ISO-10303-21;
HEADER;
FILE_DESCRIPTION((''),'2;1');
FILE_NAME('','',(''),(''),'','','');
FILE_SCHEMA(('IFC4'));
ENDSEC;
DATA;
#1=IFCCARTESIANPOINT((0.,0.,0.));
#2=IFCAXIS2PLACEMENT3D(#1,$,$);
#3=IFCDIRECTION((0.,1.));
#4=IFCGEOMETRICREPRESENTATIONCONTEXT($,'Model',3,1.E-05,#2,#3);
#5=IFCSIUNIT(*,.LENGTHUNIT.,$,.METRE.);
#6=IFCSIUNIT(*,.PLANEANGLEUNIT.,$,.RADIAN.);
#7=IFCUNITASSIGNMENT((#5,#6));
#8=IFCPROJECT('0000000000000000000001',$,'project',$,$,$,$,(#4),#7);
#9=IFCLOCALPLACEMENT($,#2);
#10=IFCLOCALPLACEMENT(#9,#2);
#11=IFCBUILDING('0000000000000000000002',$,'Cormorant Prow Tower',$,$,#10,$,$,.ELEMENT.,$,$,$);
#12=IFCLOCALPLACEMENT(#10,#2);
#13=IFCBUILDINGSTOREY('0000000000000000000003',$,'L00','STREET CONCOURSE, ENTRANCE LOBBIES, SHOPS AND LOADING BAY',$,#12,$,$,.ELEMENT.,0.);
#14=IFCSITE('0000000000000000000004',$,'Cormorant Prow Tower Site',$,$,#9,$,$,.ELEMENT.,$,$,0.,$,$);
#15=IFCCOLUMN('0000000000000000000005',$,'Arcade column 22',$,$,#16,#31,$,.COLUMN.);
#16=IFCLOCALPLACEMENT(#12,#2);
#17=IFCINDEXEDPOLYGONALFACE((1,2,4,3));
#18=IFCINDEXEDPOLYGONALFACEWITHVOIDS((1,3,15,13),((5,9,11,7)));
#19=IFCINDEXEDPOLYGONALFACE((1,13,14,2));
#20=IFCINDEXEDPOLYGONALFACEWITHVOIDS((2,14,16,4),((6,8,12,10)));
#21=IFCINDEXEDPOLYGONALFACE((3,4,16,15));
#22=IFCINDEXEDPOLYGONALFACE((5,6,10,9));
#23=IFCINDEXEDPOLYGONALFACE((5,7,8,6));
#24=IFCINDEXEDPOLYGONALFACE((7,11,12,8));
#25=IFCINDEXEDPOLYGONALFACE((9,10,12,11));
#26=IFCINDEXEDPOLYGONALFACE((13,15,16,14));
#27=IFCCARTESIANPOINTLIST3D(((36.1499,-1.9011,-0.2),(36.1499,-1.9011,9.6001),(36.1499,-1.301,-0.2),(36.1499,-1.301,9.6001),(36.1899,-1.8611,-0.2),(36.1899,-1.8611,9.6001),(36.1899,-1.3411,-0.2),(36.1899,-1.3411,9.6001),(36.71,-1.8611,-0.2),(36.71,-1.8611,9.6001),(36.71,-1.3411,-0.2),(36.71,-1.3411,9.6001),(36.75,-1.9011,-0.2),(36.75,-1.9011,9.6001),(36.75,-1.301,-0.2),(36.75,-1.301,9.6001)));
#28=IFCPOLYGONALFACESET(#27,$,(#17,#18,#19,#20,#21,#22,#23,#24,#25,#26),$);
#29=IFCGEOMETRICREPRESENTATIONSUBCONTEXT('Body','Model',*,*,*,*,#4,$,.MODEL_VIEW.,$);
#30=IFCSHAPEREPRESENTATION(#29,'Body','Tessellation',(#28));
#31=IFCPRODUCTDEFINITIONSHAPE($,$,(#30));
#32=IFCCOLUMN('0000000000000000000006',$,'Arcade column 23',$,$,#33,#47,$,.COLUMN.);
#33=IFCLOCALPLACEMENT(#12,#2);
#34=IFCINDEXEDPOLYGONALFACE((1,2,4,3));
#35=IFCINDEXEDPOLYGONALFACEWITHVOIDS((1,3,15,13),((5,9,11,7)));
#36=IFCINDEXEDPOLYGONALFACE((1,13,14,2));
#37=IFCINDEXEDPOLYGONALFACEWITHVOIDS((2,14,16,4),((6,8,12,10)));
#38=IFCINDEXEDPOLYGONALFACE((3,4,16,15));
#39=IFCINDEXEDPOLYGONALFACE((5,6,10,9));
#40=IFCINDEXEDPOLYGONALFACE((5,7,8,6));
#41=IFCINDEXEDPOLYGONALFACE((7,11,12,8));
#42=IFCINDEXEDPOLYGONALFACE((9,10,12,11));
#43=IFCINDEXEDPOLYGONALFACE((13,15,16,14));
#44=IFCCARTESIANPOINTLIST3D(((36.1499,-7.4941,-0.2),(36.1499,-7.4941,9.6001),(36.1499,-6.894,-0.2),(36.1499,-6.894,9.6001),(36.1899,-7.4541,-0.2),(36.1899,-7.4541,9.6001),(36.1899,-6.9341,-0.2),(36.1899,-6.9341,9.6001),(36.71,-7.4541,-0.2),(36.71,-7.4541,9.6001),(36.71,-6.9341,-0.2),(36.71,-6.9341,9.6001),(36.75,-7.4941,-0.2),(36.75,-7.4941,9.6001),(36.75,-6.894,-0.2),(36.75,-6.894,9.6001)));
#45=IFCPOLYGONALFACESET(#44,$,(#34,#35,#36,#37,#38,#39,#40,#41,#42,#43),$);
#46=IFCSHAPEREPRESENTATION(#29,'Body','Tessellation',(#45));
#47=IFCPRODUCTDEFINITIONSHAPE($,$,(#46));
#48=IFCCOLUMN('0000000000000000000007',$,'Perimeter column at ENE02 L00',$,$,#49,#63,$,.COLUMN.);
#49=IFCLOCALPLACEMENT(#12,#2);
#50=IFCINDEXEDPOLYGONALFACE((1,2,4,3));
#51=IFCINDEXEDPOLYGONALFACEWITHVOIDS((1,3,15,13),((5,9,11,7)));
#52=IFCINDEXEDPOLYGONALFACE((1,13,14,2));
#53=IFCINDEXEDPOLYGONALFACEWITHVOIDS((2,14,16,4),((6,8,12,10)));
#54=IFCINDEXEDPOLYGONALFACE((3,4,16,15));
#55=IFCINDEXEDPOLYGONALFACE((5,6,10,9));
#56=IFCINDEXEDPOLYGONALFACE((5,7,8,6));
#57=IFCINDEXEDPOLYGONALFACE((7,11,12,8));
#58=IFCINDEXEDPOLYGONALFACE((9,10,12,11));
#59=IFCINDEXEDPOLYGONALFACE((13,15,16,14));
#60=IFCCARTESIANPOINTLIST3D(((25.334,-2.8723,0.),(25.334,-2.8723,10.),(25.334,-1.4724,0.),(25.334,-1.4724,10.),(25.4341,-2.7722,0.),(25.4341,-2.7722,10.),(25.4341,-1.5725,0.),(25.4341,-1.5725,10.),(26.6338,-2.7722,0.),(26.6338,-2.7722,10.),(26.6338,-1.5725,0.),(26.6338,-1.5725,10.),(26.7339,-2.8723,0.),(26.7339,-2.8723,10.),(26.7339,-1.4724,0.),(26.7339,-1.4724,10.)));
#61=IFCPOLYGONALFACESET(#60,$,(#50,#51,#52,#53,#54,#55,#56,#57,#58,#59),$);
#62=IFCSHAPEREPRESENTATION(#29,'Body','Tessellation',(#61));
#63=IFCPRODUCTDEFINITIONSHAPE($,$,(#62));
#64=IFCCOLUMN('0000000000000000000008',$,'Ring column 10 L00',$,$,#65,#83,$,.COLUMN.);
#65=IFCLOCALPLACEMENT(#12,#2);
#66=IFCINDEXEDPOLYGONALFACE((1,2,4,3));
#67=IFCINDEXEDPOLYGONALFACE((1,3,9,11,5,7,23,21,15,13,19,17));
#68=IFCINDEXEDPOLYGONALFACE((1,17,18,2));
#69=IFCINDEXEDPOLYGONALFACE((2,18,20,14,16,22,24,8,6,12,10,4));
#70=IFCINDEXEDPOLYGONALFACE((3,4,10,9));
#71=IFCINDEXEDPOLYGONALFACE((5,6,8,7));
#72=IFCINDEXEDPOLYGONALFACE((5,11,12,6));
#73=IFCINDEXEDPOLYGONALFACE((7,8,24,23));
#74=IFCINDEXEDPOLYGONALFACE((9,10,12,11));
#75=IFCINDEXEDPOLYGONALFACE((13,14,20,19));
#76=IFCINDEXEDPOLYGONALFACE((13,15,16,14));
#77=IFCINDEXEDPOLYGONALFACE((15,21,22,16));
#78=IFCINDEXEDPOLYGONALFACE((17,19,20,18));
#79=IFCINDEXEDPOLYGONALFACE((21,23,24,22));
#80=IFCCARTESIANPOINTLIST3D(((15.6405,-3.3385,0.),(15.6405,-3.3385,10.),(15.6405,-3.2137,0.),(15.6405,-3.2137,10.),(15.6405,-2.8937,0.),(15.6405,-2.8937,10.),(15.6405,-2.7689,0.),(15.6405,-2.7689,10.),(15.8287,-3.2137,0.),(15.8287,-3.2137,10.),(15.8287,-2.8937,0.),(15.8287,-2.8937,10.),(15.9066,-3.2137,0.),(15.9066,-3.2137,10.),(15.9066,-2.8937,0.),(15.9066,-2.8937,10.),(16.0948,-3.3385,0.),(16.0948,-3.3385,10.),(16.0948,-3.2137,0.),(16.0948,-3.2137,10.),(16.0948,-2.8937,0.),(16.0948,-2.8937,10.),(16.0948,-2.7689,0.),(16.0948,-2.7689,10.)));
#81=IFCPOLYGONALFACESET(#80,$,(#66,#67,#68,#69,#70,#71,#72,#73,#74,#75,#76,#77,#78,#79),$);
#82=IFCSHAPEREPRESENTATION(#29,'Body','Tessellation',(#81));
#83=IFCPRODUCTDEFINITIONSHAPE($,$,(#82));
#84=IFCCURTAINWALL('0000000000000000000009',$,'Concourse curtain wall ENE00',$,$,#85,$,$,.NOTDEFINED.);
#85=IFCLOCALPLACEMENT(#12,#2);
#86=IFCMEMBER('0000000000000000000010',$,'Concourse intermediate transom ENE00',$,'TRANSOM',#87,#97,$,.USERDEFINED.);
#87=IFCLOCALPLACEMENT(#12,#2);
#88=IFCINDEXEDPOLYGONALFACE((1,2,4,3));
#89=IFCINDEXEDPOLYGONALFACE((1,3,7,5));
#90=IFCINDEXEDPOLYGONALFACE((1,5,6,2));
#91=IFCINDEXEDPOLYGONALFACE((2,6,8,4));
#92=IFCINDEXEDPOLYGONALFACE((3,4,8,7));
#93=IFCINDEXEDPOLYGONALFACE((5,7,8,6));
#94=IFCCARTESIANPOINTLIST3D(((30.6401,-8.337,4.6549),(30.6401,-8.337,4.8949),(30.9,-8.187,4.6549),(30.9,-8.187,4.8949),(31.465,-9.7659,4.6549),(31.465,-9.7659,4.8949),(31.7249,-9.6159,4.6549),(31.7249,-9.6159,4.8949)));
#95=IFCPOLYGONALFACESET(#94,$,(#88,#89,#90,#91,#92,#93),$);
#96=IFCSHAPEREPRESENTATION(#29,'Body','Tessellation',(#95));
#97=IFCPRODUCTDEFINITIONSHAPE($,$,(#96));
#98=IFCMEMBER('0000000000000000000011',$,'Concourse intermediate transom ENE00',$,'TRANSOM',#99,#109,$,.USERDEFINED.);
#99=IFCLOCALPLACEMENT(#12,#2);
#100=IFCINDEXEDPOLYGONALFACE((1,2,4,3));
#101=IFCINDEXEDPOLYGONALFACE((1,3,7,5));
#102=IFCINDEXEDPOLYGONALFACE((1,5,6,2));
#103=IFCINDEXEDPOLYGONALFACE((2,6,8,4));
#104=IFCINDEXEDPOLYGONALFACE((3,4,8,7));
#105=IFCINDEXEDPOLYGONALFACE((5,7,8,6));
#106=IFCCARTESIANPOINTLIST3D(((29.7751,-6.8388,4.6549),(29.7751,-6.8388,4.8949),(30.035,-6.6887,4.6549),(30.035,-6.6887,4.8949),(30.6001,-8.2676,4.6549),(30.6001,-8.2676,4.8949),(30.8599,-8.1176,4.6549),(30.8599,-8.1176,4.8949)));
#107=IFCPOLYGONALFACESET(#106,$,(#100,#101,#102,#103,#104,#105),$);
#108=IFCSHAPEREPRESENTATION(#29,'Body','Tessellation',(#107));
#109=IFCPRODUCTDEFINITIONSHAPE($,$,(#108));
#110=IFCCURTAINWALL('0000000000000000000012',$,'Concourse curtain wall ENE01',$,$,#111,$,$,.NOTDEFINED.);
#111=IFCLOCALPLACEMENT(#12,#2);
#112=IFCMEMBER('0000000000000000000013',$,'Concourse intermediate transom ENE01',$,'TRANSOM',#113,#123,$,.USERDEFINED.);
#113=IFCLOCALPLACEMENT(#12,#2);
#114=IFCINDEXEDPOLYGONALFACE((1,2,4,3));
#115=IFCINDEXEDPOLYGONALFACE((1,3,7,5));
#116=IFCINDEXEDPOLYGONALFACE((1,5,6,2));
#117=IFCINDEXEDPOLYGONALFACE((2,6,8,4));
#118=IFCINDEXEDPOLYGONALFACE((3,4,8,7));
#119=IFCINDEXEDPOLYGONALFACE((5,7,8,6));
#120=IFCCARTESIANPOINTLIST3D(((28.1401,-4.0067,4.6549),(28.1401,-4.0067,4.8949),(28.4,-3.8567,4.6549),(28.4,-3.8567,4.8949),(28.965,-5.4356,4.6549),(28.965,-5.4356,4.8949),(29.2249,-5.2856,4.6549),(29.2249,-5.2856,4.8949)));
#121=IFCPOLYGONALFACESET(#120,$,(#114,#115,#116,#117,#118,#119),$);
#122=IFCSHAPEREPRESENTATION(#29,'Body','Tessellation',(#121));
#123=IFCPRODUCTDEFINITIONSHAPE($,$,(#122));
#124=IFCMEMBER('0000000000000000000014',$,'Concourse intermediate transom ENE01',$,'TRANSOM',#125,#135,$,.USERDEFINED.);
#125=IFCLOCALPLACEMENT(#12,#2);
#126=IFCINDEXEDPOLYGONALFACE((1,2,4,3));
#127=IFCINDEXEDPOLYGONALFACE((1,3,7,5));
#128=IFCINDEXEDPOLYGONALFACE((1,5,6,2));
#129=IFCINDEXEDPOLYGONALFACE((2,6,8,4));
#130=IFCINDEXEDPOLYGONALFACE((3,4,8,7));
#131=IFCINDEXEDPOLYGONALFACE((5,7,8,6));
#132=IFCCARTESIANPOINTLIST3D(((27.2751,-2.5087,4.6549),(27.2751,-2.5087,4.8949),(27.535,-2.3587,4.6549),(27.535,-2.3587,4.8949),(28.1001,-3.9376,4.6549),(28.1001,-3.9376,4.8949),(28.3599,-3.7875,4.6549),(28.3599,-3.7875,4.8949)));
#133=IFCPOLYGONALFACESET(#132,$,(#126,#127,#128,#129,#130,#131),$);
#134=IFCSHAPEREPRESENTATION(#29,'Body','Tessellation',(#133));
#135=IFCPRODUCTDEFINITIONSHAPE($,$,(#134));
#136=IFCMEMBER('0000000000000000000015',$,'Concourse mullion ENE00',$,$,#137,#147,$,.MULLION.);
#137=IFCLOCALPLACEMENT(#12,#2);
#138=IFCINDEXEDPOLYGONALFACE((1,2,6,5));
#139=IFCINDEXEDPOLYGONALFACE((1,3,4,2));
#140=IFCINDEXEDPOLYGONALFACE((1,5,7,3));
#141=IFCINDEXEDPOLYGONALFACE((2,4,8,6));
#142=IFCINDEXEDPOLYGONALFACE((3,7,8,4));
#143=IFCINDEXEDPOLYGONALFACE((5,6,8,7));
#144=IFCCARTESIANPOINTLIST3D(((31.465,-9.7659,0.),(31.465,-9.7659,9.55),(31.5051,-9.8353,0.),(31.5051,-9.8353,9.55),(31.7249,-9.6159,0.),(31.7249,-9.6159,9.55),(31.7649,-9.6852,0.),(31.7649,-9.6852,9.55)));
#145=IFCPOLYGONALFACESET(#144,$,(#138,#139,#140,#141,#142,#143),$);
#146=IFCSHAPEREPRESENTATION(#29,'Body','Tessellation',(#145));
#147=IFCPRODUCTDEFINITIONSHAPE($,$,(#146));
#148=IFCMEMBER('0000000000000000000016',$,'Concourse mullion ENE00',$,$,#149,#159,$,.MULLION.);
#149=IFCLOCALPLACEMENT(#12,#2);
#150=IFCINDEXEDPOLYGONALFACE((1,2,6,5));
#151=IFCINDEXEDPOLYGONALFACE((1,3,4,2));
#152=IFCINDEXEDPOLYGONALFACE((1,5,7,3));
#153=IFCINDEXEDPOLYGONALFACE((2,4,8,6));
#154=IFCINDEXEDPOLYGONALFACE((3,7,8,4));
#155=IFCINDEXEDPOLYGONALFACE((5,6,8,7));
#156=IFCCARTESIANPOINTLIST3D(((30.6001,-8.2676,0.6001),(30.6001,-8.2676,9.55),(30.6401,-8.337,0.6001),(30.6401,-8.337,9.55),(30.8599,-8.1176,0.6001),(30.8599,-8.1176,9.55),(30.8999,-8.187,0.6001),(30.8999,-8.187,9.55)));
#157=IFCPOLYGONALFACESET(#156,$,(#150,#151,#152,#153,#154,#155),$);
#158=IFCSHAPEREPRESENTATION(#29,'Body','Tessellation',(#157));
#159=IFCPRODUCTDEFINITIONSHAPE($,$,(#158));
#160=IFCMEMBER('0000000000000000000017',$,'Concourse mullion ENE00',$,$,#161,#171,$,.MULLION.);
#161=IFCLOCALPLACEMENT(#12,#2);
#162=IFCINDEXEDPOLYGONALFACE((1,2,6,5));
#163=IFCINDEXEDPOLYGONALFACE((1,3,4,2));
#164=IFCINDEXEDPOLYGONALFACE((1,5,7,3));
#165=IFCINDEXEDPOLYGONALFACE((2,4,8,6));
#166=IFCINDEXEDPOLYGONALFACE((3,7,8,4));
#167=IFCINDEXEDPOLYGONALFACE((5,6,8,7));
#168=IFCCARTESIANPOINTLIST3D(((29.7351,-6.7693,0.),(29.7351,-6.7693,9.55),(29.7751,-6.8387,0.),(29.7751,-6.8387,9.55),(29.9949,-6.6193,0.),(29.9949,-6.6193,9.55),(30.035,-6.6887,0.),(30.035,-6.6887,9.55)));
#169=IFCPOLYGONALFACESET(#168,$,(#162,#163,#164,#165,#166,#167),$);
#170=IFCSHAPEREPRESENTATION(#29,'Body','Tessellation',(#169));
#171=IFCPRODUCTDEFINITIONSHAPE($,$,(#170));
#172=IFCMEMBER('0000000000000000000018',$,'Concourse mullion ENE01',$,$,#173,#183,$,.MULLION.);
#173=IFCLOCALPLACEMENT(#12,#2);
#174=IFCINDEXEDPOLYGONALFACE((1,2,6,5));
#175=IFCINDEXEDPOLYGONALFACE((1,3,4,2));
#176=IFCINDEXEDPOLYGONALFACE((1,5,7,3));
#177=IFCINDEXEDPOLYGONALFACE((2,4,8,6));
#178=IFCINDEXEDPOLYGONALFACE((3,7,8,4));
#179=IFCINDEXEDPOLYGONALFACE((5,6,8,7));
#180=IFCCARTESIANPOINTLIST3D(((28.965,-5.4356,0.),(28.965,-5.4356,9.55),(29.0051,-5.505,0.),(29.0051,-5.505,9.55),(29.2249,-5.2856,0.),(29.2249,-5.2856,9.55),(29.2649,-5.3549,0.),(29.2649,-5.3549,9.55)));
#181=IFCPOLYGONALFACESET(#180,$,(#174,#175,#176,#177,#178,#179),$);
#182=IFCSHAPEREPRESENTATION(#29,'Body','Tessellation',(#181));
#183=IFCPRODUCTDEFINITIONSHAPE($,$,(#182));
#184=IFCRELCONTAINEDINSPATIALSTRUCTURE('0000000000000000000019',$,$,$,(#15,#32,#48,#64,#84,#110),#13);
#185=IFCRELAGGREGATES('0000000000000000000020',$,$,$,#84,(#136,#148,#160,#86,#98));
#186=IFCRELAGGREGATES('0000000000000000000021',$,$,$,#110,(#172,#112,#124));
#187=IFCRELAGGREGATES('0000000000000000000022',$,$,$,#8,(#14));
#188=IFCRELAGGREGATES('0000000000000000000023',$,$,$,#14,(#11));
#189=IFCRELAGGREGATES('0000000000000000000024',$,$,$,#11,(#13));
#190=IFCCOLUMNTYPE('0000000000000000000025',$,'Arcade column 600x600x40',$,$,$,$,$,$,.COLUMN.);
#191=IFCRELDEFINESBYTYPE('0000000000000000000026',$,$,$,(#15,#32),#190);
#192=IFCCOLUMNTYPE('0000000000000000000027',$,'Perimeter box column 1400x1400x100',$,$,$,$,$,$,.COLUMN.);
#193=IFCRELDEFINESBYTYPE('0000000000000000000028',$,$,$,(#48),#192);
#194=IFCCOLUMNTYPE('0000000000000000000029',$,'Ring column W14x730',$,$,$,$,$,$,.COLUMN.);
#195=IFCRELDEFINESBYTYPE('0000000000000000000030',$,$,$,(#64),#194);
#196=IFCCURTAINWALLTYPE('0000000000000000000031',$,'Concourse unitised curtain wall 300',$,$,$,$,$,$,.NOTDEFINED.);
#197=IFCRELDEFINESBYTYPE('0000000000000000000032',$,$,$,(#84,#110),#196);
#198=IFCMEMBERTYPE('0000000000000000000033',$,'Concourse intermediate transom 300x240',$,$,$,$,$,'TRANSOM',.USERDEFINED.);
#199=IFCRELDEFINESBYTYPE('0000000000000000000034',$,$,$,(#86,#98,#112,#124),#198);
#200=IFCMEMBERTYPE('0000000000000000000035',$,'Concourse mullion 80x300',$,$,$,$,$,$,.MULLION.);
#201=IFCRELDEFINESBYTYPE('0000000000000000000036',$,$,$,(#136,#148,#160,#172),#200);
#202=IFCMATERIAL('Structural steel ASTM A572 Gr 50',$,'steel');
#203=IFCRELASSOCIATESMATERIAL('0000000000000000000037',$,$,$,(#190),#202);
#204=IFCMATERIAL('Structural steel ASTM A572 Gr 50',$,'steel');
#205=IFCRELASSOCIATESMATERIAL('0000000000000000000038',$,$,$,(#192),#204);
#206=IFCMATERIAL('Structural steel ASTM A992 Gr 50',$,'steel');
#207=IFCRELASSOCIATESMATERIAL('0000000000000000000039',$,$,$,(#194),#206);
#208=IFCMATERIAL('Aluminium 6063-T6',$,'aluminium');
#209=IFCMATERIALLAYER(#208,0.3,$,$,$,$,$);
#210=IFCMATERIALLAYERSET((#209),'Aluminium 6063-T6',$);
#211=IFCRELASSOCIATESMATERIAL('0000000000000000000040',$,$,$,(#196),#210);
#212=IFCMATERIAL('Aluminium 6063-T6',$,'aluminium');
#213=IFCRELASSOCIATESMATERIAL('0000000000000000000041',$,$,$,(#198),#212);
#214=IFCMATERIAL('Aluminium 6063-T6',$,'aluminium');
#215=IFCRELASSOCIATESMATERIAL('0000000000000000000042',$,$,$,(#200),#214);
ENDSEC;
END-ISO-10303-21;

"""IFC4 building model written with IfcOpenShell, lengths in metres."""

from ifc_helpers import new_model, si_unit, direction, frame, origin, origin_2d, place, context, subcontext, project, spatial, rectangle, hollow_rectangle, i_section, extrude, material, layer, layer_set, material_profile, profile_set, type_object, element, aggregate, save


model = new_model("IFC4")

# Units and contexts
model_context = context("Model", 3, precision=1e-05, world=origin(), true_north=direction((0.0, 1.0)))
body_context = subcontext(model_context, "Body", "Model", "MODEL_VIEW")
ifc_project = project(units=[si_unit("LENGTHUNIT", "METRE"), si_unit("PLANEANGLEUNIT", "RADIAN")], contexts=[model_context])

# Site, building, storey
site_placement = place(None, origin())
site = spatial("IfcSite", under=ifc_project, at=site_placement, Name="Cormorant Prow Tower Site", CompositionType="ELEMENT", RefElevation=0.0)
building_placement = place(site_placement, origin())
building = spatial("IfcBuilding", under=site, at=building_placement, Name="Cormorant Prow Tower", CompositionType="ELEMENT")
storey_placement = place(building_placement, origin())
storey = spatial("IfcBuildingStorey", under=building, at=storey_placement, Name="L00", Description="STREET CONCOURSE, ENTRANCE LOBBIES, SHOPS AND LOADING BAY", CompositionType="ELEMENT", Elevation=0.0)

# Columns
ifc_material_1 = material(Name="Structural steel ASTM A572 Gr 50", Category="steel")
ifc_material_profile_1 = material_profile(ifc_material_1, hollow_rectangle(XDim=0.6001, YDim=0.6001, WallThickness=0.04, at=origin_2d()), Name="Box 600x600x40")
ifc_profile_set_1 = profile_set([ifc_material_profile_1], Name="Structural steel ASTM A572 Gr 50")
column_type_1 = type_object("IfcColumnType", Name="Arcade column 600x600x40", PredefinedType="COLUMN", material=ifc_profile_set_1)
for number, where, z_axis, x_axis, name in (
    (1, (36.45, -1.6011, -0.2), (0.0, 0.0, 1.0), (1.0, 0.0, 0.0), "Arcade column 22"),
    (2, (36.45, -7.1941, -0.2), (0.0, 0.0, 1.0), (1.0, 0.0, 0.0), "Arcade column 23"),
):
    element("IfcColumn", number, at=place(storey_placement, frame(where, z_axis=z_axis, x_axis=x_axis)), inside=storey, type_object=column_type_1, Name=name, PredefinedType="COLUMN", context=body_context, shape_type="SweptSolid", body=[
        extrude(hollow_rectangle(XDim=0.6001, YDim=0.6001, WallThickness=0.04, at=origin_2d()), origin(), (0.0, 0.0, 1.0), 9.8),
    ])
ifc_material_2 = material(Name="Structural steel ASTM A572 Gr 50", Category="steel")
ifc_material_profile_2 = material_profile(ifc_material_2, hollow_rectangle(XDim=1.3999, YDim=1.3999, WallThickness=0.1001, at=origin_2d()), Name="Box 1400x1400x100")
ifc_profile_set_2 = profile_set([ifc_material_profile_2], Name="Structural steel ASTM A572 Gr 50")
column_type_2 = type_object("IfcColumnType", Name="Perimeter box column 1400x1400x100", PredefinedType="COLUMN", material=ifc_profile_set_2)
column_1_placement = place(storey_placement, frame((26.0339, -2.1724, 0.0), z_axis=(0.0, 0.0, 1.0), x_axis=(1.0, 0.0, 0.0)))
element("IfcColumn", 3, at=column_1_placement, inside=storey, type_object=column_type_2, Name="Perimeter column at ENE02 L00", PredefinedType="COLUMN", context=body_context, shape_type="SweptSolid", body=[
    extrude(hollow_rectangle(XDim=1.3999, YDim=1.3999, WallThickness=0.1001, at=origin_2d()), origin(), (0.0, 0.0, 1.0), 10.0),
])
ifc_material_3 = material(Name="Structural steel ASTM A992 Gr 50", Category="steel")
ifc_material_profile_3 = material_profile(ifc_material_3, i_section(OverallWidth=0.4543, OverallDepth=0.5696, WebThickness=0.0779, FlangeThickness=0.1248, at=origin_2d()), Name="W14x730")
ifc_profile_set_3 = profile_set([ifc_material_profile_3], Name="Structural steel ASTM A992 Gr 50")
column_type_3 = type_object("IfcColumnType", Name="Ring column W14x730", PredefinedType="COLUMN", material=ifc_profile_set_3)
column_2_placement = place(storey_placement, frame((15.8677, -3.0537, 0.0), z_axis=(0.0, 0.0, 1.0), x_axis=(1.0, 0.0, 0.0)))
element("IfcColumn", 4, at=column_2_placement, inside=storey, type_object=column_type_3, Name="Ring column 10 L00", PredefinedType="COLUMN", context=body_context, shape_type="SweptSolid", body=[
    extrude(i_section(OverallWidth=0.4543, OverallDepth=0.5696, WebThickness=0.0779, FlangeThickness=0.1248, at=origin_2d()), origin(), (0.0, 0.0, 1.0), 10.0),
])

# Curtain walls, members
ifc_material_4 = material(Name="Aluminium 6063-T6", Category="aluminium")
ifc_layer_1 = layer(ifc_material_4, 0.3)
ifc_layer_set_1 = layer_set([ifc_layer_1], Name="Aluminium 6063-T6")
curtain_wall_type = type_object("IfcCurtainWallType", Name="Concourse unitised curtain wall 300", PredefinedType="NOTDEFINED", material=ifc_layer_set_1)
curtain_wall_1_placement = place(storey_placement, origin())
curtain_wall_1 = element("IfcCurtainWall", 5, at=curtain_wall_1_placement, inside=storey, type_object=curtain_wall_type, Name="Concourse curtain wall ENE00", PredefinedType="NOTDEFINED")
ifc_material_5 = material(Name="Aluminium 6063-T6", Category="aluminium")
ifc_material_profile_4 = material_profile(ifc_material_5, rectangle(XDim=0.3, YDim=0.24, at=origin_2d()), Name="Concourse intermediate transom 300x240")
ifc_profile_set_4 = profile_set([ifc_material_profile_4], Name="Aluminium 6063-T6")
member_type_1 = type_object("IfcMemberType", Name="Concourse intermediate transom 300x240", ElementType="TRANSOM", PredefinedType="USERDEFINED", material=ifc_profile_set_4)
member_1_placement = place(storey_placement, frame((31.595, -9.6909, 4.7749), z_axis=(-0.499974, 0.86604, 0.0), x_axis=(-0.86604, -0.499974, 0.0)))
member_1 = element("IfcMember", 6, at=member_1_placement, type_object=member_type_1, Name="Concourse intermediate transom ENE00", ObjectType="TRANSOM", PredefinedType="USERDEFINED", context=body_context, shape_type="SweptSolid", body=[
    extrude(rectangle(XDim=0.3, YDim=0.24, at=origin_2d()), origin(), (0.0, 0.0, 1.0), 1.6499),
])
member_2_placement = place(storey_placement, frame((30.73, -8.1926, 4.7749), z_axis=(-0.499974, 0.86604, 0.0), x_axis=(-0.86604, -0.499974, 0.0)))
member_2 = element("IfcMember", 7, at=member_2_placement, type_object=member_type_1, Name="Concourse intermediate transom ENE00", ObjectType="TRANSOM", PredefinedType="USERDEFINED", context=body_context, shape_type="SweptSolid", body=[
    extrude(rectangle(XDim=0.3, YDim=0.24, at=origin_2d()), origin(), (0.0, 0.0, 1.0), 1.6499),
])
curtain_wall_2_placement = place(storey_placement, origin())
curtain_wall_2 = element("IfcCurtainWall", 8, at=curtain_wall_2_placement, inside=storey, type_object=curtain_wall_type, Name="Concourse curtain wall ENE01", PredefinedType="NOTDEFINED")
member_3_placement = place(storey_placement, frame((29.095, -5.3606, 4.7749), z_axis=(-0.499974, 0.86604, 0.0), x_axis=(-0.86604, -0.499974, 0.0)))
member_3 = element("IfcMember", 9, at=member_3_placement, type_object=member_type_1, Name="Concourse intermediate transom ENE01", ObjectType="TRANSOM", PredefinedType="USERDEFINED", context=body_context, shape_type="SweptSolid", body=[
    extrude(rectangle(XDim=0.3, YDim=0.24, at=origin_2d()), origin(), (0.0, 0.0, 1.0), 1.6499),
])
member_4_placement = place(storey_placement, frame((28.23, -3.8625, 4.7749), z_axis=(-0.499974, 0.86604, 0.0), x_axis=(-0.86604, -0.499974, 0.0)))
member_4 = element("IfcMember", 10, at=member_4_placement, type_object=member_type_1, Name="Concourse intermediate transom ENE01", ObjectType="TRANSOM", PredefinedType="USERDEFINED", context=body_context, shape_type="SweptSolid", body=[
    extrude(rectangle(XDim=0.3, YDim=0.24, at=origin_2d()), origin(), (0.0, 0.0, 1.0), 1.6499),
])

# Members
ifc_material_6 = material(Name="Aluminium 6063-T6", Category="aluminium")
ifc_material_profile_5 = material_profile(ifc_material_6, rectangle(XDim=0.3, YDim=0.0801, at=origin_2d()), Name="Concourse mullion 80x300")
ifc_profile_set_5 = profile_set([ifc_material_profile_5], Name="Aluminium 6063-T6")
member_type_2 = type_object("IfcMemberType", Name="Concourse mullion 80x300", PredefinedType="MULLION", material=ifc_profile_set_5)
member_5_placement = place(storey_placement, frame((31.615, -9.7256, 0.0), z_axis=(0.0, 0.0, 1.0), x_axis=(-0.866025, -0.5, 0.0)))
member_5 = element("IfcMember", 11, at=member_5_placement, type_object=member_type_2, Name="Concourse mullion ENE00", PredefinedType="MULLION", context=body_context, shape_type="SweptSolid", body=[
    extrude(rectangle(XDim=0.3, YDim=0.0801, at=origin_2d()), origin(), (0.0, 0.0, 1.0), 9.55),
])
member_6_placement = place(storey_placement, frame((30.75, -8.2273, 0.6001), z_axis=(0.0, 0.0, 1.0), x_axis=(-0.866025, -0.5, 0.0)))
member_6 = element("IfcMember", 12, at=member_6_placement, type_object=member_type_2, Name="Concourse mullion ENE00", PredefinedType="MULLION", context=body_context, shape_type="SweptSolid", body=[
    extrude(rectangle(XDim=0.3, YDim=0.0801, at=origin_2d()), origin(), (0.0, 0.0, 1.0), 8.95),
])
member_7_placement = place(storey_placement, frame((29.885, -6.729, 0.0), z_axis=(0.0, 0.0, 1.0), x_axis=(-0.866025, -0.5, 0.0)))
member_7 = element("IfcMember", 13, at=member_7_placement, type_object=member_type_2, Name="Concourse mullion ENE00", PredefinedType="MULLION", context=body_context, shape_type="SweptSolid", body=[
    extrude(rectangle(XDim=0.3, YDim=0.0801, at=origin_2d()), origin(), (0.0, 0.0, 1.0), 9.55),
])
member_8_placement = place(storey_placement, frame((29.115, -5.3953, 0.0), z_axis=(0.0, 0.0, 1.0), x_axis=(-0.866025, -0.5, 0.0)))
member_8 = element("IfcMember", 14, at=member_8_placement, type_object=member_type_2, Name="Concourse mullion ENE01", PredefinedType="MULLION", context=body_context, shape_type="SweptSolid", body=[
    extrude(rectangle(XDim=0.3, YDim=0.0801, at=origin_2d()), origin(), (0.0, 0.0, 1.0), 9.55),
])

aggregate(curtain_wall_1, [member_5, member_6, member_7, member_1, member_2])
aggregate(curtain_wall_2, [member_8, member_3, member_4])

save(model, "model.ifc")
